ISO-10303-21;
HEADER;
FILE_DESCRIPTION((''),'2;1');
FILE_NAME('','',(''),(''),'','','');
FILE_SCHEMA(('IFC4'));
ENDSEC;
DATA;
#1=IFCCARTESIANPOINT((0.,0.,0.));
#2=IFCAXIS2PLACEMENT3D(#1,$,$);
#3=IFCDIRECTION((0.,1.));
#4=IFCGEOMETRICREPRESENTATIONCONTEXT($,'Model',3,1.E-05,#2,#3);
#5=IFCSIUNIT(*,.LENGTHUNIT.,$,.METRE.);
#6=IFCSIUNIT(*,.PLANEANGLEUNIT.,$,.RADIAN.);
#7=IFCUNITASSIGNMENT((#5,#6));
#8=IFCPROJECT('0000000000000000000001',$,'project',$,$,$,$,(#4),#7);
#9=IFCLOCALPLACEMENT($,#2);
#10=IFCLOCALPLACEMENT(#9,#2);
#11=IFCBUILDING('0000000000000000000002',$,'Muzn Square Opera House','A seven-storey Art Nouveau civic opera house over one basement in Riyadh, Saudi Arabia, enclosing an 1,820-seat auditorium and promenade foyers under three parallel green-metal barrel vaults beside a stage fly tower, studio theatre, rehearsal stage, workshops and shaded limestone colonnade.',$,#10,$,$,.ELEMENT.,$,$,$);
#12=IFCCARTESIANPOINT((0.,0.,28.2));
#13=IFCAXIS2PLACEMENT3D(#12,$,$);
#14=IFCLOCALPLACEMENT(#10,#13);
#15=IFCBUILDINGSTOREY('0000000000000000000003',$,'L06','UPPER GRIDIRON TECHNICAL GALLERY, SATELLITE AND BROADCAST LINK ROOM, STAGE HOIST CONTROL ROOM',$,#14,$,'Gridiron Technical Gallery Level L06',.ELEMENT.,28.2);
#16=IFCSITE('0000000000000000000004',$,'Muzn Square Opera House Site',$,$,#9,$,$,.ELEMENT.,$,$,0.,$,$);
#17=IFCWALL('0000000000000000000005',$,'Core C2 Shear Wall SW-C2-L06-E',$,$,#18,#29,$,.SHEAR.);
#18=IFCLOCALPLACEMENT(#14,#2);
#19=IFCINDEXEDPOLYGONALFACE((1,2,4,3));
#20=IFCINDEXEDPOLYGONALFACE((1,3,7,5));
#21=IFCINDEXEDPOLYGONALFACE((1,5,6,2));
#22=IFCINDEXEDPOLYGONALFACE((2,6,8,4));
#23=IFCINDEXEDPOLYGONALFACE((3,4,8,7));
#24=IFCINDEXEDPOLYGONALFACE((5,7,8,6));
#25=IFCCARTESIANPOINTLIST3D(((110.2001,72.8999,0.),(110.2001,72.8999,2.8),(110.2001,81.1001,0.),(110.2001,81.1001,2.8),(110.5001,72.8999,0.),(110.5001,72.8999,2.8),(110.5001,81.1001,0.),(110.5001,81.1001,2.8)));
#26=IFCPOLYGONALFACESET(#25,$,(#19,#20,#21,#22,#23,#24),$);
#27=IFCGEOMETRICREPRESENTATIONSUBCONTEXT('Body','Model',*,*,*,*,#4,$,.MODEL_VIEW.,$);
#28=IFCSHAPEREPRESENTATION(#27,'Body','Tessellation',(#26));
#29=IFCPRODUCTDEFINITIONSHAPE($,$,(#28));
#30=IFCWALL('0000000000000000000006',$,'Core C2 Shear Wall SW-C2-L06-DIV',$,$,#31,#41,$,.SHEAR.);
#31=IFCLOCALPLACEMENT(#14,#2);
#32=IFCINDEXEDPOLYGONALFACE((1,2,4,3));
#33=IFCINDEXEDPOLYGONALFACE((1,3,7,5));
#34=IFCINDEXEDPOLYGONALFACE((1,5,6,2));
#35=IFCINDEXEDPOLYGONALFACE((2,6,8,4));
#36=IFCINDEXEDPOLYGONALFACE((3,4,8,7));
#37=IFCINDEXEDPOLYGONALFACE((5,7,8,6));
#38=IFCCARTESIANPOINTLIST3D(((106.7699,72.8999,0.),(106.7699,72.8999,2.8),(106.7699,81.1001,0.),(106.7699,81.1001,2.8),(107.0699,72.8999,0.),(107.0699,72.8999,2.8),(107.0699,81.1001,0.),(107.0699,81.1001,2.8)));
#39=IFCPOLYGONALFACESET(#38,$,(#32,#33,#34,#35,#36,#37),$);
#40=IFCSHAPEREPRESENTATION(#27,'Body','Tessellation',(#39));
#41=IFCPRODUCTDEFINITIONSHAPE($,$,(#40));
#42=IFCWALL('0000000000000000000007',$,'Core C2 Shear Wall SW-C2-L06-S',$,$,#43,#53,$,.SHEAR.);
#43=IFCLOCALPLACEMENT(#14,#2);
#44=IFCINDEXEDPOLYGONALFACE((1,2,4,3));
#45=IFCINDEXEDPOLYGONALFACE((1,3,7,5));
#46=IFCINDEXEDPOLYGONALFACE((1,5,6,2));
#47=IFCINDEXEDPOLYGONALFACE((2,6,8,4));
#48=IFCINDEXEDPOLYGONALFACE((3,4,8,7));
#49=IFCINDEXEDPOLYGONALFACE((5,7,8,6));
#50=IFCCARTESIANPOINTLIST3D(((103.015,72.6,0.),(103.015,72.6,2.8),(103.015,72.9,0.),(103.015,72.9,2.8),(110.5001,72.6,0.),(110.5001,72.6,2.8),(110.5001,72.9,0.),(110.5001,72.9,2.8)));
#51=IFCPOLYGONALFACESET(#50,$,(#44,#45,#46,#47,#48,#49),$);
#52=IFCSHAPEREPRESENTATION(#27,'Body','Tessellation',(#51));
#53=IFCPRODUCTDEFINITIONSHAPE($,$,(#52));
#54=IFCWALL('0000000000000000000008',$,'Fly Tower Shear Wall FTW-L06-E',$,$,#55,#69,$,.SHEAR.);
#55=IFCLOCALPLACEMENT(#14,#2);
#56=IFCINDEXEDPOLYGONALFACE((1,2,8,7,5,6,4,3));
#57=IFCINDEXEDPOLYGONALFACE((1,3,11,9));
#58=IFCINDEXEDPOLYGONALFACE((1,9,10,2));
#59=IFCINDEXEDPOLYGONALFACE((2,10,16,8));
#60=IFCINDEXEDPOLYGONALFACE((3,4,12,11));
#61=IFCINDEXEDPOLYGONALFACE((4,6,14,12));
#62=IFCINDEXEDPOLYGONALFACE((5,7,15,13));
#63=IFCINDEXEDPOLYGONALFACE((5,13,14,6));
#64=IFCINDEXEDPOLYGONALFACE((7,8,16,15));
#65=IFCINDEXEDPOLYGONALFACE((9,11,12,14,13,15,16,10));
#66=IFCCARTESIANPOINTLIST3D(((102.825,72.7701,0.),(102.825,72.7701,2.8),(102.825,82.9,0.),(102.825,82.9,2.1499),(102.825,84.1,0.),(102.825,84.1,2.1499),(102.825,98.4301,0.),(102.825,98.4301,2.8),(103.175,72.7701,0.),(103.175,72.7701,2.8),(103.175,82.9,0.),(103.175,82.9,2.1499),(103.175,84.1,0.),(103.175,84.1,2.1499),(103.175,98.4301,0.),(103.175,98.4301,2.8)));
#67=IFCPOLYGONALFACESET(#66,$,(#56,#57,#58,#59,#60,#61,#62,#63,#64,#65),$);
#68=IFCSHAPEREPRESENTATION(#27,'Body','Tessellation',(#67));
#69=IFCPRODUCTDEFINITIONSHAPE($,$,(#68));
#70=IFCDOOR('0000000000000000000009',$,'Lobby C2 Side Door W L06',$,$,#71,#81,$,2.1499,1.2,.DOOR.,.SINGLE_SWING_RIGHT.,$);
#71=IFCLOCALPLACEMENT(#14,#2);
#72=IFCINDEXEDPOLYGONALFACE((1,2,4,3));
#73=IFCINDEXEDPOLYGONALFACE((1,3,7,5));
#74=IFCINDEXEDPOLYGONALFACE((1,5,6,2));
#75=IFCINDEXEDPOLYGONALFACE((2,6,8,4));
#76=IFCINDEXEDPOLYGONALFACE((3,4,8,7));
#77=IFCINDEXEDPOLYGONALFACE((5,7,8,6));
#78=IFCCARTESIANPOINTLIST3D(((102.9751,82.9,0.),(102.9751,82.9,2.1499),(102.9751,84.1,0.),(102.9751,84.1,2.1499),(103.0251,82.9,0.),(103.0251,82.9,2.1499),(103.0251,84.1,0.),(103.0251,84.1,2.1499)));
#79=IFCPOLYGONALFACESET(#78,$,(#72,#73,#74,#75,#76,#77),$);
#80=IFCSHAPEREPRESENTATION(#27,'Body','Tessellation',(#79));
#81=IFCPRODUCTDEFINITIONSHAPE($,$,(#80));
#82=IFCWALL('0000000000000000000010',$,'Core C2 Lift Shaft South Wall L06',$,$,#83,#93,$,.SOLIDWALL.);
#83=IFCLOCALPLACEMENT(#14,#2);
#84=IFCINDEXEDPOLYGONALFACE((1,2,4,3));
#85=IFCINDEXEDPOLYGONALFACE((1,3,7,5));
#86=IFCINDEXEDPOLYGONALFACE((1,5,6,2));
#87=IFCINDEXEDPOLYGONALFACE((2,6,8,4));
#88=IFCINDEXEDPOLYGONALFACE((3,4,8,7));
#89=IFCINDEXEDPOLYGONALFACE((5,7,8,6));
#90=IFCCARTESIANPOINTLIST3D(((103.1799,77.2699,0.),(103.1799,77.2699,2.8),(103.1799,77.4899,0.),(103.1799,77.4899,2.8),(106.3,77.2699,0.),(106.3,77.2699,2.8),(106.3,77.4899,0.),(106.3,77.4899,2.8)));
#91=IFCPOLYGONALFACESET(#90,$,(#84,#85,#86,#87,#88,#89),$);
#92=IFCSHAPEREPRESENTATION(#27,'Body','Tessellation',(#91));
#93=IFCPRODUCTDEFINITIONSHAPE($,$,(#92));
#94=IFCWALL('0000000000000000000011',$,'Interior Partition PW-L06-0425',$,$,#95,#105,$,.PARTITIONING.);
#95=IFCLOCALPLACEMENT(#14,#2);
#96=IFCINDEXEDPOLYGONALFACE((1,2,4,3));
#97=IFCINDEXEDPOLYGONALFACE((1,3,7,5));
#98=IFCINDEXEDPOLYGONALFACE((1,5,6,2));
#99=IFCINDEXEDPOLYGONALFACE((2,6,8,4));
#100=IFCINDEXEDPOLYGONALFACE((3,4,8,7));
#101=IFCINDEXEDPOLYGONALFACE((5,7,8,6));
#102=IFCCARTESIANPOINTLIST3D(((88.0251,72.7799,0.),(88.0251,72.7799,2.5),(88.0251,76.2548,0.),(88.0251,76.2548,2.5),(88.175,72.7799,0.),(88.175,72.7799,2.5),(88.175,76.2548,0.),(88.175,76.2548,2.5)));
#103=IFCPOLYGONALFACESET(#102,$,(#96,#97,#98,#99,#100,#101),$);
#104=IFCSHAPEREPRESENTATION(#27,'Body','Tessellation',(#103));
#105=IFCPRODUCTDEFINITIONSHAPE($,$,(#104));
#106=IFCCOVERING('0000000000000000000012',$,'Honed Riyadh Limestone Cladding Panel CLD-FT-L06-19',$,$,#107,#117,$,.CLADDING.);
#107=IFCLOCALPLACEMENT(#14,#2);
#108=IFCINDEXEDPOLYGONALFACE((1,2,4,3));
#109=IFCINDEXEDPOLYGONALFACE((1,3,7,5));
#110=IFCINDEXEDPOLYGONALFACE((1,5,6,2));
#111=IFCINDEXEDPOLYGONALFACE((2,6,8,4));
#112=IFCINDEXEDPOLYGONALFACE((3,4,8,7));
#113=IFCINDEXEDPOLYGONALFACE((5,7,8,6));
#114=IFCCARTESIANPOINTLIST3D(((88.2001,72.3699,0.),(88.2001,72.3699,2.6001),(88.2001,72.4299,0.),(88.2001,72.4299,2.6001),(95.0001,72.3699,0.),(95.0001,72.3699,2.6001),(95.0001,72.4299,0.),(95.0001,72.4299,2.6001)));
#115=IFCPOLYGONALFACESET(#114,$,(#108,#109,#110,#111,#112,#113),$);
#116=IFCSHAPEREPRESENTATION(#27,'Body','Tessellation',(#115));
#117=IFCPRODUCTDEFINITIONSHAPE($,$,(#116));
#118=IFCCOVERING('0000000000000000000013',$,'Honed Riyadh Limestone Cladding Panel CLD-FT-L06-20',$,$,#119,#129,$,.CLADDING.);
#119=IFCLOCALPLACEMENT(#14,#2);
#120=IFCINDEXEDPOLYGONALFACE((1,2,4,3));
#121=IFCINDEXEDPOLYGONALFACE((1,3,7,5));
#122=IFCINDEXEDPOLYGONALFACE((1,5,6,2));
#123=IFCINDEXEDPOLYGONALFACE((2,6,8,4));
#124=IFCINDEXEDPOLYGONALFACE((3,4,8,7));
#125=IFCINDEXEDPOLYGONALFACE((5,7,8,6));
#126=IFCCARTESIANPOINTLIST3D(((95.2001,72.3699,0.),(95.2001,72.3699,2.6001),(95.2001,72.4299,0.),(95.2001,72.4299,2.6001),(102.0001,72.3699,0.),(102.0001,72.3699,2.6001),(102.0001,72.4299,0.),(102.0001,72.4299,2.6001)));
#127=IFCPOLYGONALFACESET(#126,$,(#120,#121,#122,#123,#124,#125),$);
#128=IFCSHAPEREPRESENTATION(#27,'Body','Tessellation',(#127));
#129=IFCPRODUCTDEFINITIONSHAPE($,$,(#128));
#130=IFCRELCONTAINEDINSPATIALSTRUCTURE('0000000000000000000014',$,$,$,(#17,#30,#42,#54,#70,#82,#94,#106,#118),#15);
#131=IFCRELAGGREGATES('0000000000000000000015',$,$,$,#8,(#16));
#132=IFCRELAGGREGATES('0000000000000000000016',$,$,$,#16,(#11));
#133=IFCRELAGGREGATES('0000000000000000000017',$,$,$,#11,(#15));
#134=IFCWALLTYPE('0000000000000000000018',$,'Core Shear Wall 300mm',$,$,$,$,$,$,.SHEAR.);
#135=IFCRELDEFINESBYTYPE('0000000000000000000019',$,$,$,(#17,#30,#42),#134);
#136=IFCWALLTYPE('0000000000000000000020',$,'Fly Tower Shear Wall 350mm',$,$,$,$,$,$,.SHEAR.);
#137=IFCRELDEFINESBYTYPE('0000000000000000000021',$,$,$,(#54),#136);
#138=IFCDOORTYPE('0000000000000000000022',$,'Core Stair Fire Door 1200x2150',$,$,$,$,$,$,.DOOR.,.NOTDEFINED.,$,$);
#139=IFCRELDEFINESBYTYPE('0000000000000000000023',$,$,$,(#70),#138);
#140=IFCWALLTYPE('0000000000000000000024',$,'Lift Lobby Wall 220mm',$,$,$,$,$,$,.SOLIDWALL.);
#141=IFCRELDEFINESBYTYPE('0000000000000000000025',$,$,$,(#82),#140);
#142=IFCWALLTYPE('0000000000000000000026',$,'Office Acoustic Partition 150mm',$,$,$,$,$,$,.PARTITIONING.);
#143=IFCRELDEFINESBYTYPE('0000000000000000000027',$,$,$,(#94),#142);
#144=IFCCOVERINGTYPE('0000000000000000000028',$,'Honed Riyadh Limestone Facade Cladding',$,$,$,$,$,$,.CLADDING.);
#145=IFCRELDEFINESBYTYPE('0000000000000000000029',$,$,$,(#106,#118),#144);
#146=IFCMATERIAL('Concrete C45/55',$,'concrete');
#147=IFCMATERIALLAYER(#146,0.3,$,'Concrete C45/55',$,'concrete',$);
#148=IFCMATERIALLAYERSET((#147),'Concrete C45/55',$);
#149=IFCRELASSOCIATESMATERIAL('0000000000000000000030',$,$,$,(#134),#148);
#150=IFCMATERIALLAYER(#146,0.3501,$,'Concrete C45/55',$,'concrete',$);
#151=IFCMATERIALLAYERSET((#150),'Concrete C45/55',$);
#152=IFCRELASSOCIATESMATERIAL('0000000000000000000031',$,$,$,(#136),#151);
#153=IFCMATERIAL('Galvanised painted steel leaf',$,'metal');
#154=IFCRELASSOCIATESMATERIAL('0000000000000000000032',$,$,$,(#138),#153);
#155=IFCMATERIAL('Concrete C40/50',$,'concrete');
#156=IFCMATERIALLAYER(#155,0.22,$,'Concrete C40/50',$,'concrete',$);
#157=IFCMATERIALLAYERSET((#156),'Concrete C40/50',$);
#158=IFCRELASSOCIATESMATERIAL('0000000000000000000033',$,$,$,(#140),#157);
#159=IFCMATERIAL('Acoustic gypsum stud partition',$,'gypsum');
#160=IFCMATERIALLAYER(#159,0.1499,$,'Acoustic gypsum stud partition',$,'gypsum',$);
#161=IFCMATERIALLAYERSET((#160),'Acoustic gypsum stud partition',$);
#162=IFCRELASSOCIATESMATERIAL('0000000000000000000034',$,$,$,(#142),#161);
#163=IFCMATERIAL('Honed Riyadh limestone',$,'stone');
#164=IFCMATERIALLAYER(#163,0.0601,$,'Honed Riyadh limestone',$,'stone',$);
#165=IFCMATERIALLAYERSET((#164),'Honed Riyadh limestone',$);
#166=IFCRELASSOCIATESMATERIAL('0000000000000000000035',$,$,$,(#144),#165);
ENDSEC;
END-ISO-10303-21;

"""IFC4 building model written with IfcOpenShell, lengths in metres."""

from ifc_helpers import new_model, si_unit, direction, frame, frame_2d, origin, origin_2d, place, context, subcontext, project, spatial, rectangle, extrude, material, layer, layer_set, type_object, element, fill, save


model = new_model("IFC4")

# Units and contexts
model_context = context("Model", 3, precision=1e-05, world=origin(), true_north=direction((0.0, 1.0)))
body_context = subcontext(model_context, "Body", "Model", "MODEL_VIEW")
ifc_project = project(units=[si_unit("LENGTHUNIT", "METRE"), si_unit("PLANEANGLEUNIT", "RADIAN")], contexts=[model_context])

# Site, building, storey
site_placement = place(None, origin())
site = spatial("IfcSite", under=ifc_project, at=site_placement, Name="Muzn Square Opera House Site", CompositionType="ELEMENT", RefElevation=0.0)
building_placement = place(site_placement, origin())
building = spatial("IfcBuilding", under=site, at=building_placement, Name="Muzn Square Opera House", Description="A seven-storey Art Nouveau civic opera house over one basement in Riyadh, Saudi Arabia, enclosing an 1,820-seat auditorium and promenade foyers under three parallel green-metal barrel vaults beside a stage fly tower, studio theatre, rehearsal stage, workshops and shaded limestone colonnade.", CompositionType="ELEMENT")
storey_placement = place(building_placement, frame((0.0, 0.0, 28.2)))
storey = spatial("IfcBuildingStorey", under=building, at=storey_placement, Name="L06", Description="UPPER GRIDIRON TECHNICAL GALLERY, SATELLITE AND BROADCAST LINK ROOM, STAGE HOIST CONTROL ROOM", LongName="Gridiron Technical Gallery Level L06", CompositionType="ELEMENT", Elevation=28.2)

# Shared definitions
ifc_material_1 = material(Name="Concrete C45/55", Category="concrete")

# Shared definitions
ifc_material_2 = material(Name="Concrete C40/50", Category="concrete")

# Shared definitions
ifc_material_3 = material(Name="Acoustic gypsum stud partition", Category="gypsum")

# Walls
ifc_layer_1 = layer(ifc_material_1, 0.3, Name="Concrete C45/55", Category="concrete")
ifc_layer_set_1 = layer_set([ifc_layer_1], Name="Concrete C45/55")
wall_type_1 = type_object("IfcWallType", Name="Core Shear Wall 300mm", PredefinedType="SHEAR", material=ifc_layer_set_1)
for number, where, z_axis, x_axis, name in (
    (1, (110.3501, 72.8999, 0.0), (0.0, 0.0, 1.0), (0.0, 1.0, 0.0), "Core C2 Shear Wall SW-C2-L06-E"),
    (2, (106.9199, 72.8999, 0.0), (0.0, 0.0, 1.0), (0.0, 1.0, 0.0), "Core C2 Shear Wall SW-C2-L06-DIV"),
):
    element("IfcWall", number, at=place(storey_placement, frame(where, z_axis=z_axis, x_axis=x_axis)), inside=storey, type_object=wall_type_1, Name=name, PredefinedType="SHEAR", context=body_context, shape_type="SweptSolid", body=[
        extrude(rectangle(XDim=8.2002, YDim=0.3, at=frame_2d((4.1001, 0.0))), origin(), (0.0, 0.0, 1.0), 2.8),
    ])
wall_1_placement = place(storey_placement, frame((103.0149, 72.75, 0.0), z_axis=(0.0, 0.0, 1.0), x_axis=(1.0, 0.0, 0.0)))
element("IfcWall", 3, at=wall_1_placement, inside=storey, type_object=wall_type_1, Name="Core C2 Shear Wall SW-C2-L06-S", PredefinedType="SHEAR", context=body_context, shape_type="SweptSolid", body=[
    extrude(rectangle(XDim=7.4851, YDim=0.3, at=frame_2d((3.7427, 0.0))), origin(), (0.0, 0.0, 1.0), 2.8),
])

# Wall, opening, door
ifc_layer_2 = layer(ifc_material_1, 0.3501, Name="Concrete C45/55", Category="concrete")
ifc_layer_set_2 = layer_set([ifc_layer_2], Name="Concrete C45/55")
wall_type_2 = type_object("IfcWallType", Name="Fly Tower Shear Wall 350mm", PredefinedType="SHEAR", material=ifc_layer_set_2)
wall_2_placement = place(storey_placement, frame((103.0, 72.77, 0.0), z_axis=(0.0, 0.0, 1.0), x_axis=(0.0, 1.0, 0.0)))
wall_2 = element("IfcWall", 4, at=wall_2_placement, inside=storey, type_object=wall_type_2, Name="Fly Tower Shear Wall FTW-L06-E", PredefinedType="SHEAR", context=body_context, shape_type="SweptSolid", body=[
    extrude(rectangle(XDim=25.6599, YDim=0.3501, at=frame_2d((12.8301, 0.0))), origin(), (0.0, 0.0, 1.0), 2.8),
])
opening_1_placement = place(wall_2_placement, frame((10.1299, 0.0, 0.0)))
opening_1 = element("IfcOpeningElement", 5, at=opening_1_placement, cuts=wall_2, PredefinedType="OPENING", context=body_context, shape_type="SweptSolid", body=[
    extrude(rectangle(XDim=1.2, YDim=2.1499, at=frame_2d((0.6001, 1.075))), frame((0.0, 0.1851, 0.0), z_axis=(0.0, -1.0, 0.0), x_axis=(1.0, 0.0, 0.0)), (0.0, 0.0, 1.0), 0.3701),
])
ifc_material_4 = material(Name="Galvanised painted steel leaf", Category="metal")
door_type_1 = type_object("IfcDoorType", Name="Core Stair Fire Door 1200x2150", OperationType="NOTDEFINED", PredefinedType="DOOR", material=ifc_material_4)
door_1_placement = place(opening_1_placement, origin())
door_1 = element("IfcDoor", 6, at=door_1_placement, inside=storey, type_object=door_type_1, Name="Lobby C2 Side Door W L06", OperationType="SINGLE_SWING_RIGHT", OverallHeight=2.1499, OverallWidth=1.2, PredefinedType="DOOR", context=body_context, shape_type="SweptSolid", body=[
    extrude(rectangle(XDim=1.2, YDim=2.1499, at=frame_2d((0.6001, 1.075))), frame((0.0, 0.0249, 0.0), z_axis=(0.0, -1.0, 0.0), x_axis=(1.0, 0.0, 0.0)), (0.0, 0.0, 1.0), 0.05),
])
fill(opening_1, door_1)

# Walls
ifc_layer_3 = layer(ifc_material_2, 0.22, Name="Concrete C40/50", Category="concrete")
ifc_layer_set_3 = layer_set([ifc_layer_3], Name="Concrete C40/50")
wall_type_3 = type_object("IfcWallType", Name="Lift Lobby Wall 220mm", PredefinedType="SOLIDWALL", material=ifc_layer_set_3)
wall_3_placement = place(storey_placement, frame((103.1799, 77.3799, 0.0), z_axis=(0.0, 0.0, 1.0), x_axis=(1.0, 0.0, 0.0)))
element("IfcWall", 7, at=wall_3_placement, inside=storey, type_object=wall_type_3, Name="Core C2 Lift Shaft South Wall L06", PredefinedType="SOLIDWALL", context=body_context, shape_type="SweptSolid", body=[
    extrude(rectangle(XDim=3.1201, YDim=0.22, at=frame_2d((1.5601, 0.0))), origin(), (0.0, 0.0, 1.0), 2.8),
])
ifc_layer_4 = layer(ifc_material_3, 0.1499, Name="Acoustic gypsum stud partition", Category="gypsum")
ifc_layer_set_4 = layer_set([ifc_layer_4], Name="Acoustic gypsum stud partition")
wall_type_4 = type_object("IfcWallType", Name="Office Acoustic Partition 150mm", PredefinedType="PARTITIONING", material=ifc_layer_set_4)
wall_4_placement = place(storey_placement, frame((88.1001, 72.78, 0.0), z_axis=(0.0, 0.0, 1.0), x_axis=(0.0, 1.0, 0.0)))
element("IfcWall", 8, at=wall_4_placement, inside=storey, type_object=wall_type_4, Name="Interior Partition PW-L06-0425", PredefinedType="PARTITIONING", context=body_context, shape_type="SweptSolid", body=[
    extrude(rectangle(XDim=3.4749, YDim=0.1499, at=frame_2d((1.7373, 0.0))), origin(), (0.0, 0.0, 1.0), 2.5),
])

# Coverings
ifc_material_5 = material(Name="Honed Riyadh limestone", Category="stone")
ifc_layer_5 = layer(ifc_material_5, 0.0601, Name="Honed Riyadh limestone", Category="stone")
ifc_layer_set_5 = layer_set([ifc_layer_5], Name="Honed Riyadh limestone")
covering_type = type_object("IfcCoveringType", Name="Honed Riyadh Limestone Facade Cladding", PredefinedType="CLADDING", material=ifc_layer_set_5)
for number, where, z_axis, x_axis, name in (
    (9, (91.6001, 72.3999, 0.0), (0.0, 0.0, 1.0), (1.0, 0.0, 0.0), "Honed Riyadh Limestone Cladding Panel CLD-FT-L06-19"),
    (10, (98.6001, 72.3999, 0.0), (0.0, 0.0, 1.0), (1.0, 0.0, 0.0), "Honed Riyadh Limestone Cladding Panel CLD-FT-L06-20"),
):
    element("IfcCovering", number, at=place(storey_placement, frame(where, z_axis=z_axis, x_axis=x_axis)), inside=storey, type_object=covering_type, Name=name, PredefinedType="CLADDING", context=body_context, shape_type="SweptSolid", body=[
        extrude(rectangle(XDim=6.8, YDim=0.0601, at=origin_2d()), origin(), (0.0, 0.0, 1.0), 2.6001),
    ])

save(model, "model.ifc")
